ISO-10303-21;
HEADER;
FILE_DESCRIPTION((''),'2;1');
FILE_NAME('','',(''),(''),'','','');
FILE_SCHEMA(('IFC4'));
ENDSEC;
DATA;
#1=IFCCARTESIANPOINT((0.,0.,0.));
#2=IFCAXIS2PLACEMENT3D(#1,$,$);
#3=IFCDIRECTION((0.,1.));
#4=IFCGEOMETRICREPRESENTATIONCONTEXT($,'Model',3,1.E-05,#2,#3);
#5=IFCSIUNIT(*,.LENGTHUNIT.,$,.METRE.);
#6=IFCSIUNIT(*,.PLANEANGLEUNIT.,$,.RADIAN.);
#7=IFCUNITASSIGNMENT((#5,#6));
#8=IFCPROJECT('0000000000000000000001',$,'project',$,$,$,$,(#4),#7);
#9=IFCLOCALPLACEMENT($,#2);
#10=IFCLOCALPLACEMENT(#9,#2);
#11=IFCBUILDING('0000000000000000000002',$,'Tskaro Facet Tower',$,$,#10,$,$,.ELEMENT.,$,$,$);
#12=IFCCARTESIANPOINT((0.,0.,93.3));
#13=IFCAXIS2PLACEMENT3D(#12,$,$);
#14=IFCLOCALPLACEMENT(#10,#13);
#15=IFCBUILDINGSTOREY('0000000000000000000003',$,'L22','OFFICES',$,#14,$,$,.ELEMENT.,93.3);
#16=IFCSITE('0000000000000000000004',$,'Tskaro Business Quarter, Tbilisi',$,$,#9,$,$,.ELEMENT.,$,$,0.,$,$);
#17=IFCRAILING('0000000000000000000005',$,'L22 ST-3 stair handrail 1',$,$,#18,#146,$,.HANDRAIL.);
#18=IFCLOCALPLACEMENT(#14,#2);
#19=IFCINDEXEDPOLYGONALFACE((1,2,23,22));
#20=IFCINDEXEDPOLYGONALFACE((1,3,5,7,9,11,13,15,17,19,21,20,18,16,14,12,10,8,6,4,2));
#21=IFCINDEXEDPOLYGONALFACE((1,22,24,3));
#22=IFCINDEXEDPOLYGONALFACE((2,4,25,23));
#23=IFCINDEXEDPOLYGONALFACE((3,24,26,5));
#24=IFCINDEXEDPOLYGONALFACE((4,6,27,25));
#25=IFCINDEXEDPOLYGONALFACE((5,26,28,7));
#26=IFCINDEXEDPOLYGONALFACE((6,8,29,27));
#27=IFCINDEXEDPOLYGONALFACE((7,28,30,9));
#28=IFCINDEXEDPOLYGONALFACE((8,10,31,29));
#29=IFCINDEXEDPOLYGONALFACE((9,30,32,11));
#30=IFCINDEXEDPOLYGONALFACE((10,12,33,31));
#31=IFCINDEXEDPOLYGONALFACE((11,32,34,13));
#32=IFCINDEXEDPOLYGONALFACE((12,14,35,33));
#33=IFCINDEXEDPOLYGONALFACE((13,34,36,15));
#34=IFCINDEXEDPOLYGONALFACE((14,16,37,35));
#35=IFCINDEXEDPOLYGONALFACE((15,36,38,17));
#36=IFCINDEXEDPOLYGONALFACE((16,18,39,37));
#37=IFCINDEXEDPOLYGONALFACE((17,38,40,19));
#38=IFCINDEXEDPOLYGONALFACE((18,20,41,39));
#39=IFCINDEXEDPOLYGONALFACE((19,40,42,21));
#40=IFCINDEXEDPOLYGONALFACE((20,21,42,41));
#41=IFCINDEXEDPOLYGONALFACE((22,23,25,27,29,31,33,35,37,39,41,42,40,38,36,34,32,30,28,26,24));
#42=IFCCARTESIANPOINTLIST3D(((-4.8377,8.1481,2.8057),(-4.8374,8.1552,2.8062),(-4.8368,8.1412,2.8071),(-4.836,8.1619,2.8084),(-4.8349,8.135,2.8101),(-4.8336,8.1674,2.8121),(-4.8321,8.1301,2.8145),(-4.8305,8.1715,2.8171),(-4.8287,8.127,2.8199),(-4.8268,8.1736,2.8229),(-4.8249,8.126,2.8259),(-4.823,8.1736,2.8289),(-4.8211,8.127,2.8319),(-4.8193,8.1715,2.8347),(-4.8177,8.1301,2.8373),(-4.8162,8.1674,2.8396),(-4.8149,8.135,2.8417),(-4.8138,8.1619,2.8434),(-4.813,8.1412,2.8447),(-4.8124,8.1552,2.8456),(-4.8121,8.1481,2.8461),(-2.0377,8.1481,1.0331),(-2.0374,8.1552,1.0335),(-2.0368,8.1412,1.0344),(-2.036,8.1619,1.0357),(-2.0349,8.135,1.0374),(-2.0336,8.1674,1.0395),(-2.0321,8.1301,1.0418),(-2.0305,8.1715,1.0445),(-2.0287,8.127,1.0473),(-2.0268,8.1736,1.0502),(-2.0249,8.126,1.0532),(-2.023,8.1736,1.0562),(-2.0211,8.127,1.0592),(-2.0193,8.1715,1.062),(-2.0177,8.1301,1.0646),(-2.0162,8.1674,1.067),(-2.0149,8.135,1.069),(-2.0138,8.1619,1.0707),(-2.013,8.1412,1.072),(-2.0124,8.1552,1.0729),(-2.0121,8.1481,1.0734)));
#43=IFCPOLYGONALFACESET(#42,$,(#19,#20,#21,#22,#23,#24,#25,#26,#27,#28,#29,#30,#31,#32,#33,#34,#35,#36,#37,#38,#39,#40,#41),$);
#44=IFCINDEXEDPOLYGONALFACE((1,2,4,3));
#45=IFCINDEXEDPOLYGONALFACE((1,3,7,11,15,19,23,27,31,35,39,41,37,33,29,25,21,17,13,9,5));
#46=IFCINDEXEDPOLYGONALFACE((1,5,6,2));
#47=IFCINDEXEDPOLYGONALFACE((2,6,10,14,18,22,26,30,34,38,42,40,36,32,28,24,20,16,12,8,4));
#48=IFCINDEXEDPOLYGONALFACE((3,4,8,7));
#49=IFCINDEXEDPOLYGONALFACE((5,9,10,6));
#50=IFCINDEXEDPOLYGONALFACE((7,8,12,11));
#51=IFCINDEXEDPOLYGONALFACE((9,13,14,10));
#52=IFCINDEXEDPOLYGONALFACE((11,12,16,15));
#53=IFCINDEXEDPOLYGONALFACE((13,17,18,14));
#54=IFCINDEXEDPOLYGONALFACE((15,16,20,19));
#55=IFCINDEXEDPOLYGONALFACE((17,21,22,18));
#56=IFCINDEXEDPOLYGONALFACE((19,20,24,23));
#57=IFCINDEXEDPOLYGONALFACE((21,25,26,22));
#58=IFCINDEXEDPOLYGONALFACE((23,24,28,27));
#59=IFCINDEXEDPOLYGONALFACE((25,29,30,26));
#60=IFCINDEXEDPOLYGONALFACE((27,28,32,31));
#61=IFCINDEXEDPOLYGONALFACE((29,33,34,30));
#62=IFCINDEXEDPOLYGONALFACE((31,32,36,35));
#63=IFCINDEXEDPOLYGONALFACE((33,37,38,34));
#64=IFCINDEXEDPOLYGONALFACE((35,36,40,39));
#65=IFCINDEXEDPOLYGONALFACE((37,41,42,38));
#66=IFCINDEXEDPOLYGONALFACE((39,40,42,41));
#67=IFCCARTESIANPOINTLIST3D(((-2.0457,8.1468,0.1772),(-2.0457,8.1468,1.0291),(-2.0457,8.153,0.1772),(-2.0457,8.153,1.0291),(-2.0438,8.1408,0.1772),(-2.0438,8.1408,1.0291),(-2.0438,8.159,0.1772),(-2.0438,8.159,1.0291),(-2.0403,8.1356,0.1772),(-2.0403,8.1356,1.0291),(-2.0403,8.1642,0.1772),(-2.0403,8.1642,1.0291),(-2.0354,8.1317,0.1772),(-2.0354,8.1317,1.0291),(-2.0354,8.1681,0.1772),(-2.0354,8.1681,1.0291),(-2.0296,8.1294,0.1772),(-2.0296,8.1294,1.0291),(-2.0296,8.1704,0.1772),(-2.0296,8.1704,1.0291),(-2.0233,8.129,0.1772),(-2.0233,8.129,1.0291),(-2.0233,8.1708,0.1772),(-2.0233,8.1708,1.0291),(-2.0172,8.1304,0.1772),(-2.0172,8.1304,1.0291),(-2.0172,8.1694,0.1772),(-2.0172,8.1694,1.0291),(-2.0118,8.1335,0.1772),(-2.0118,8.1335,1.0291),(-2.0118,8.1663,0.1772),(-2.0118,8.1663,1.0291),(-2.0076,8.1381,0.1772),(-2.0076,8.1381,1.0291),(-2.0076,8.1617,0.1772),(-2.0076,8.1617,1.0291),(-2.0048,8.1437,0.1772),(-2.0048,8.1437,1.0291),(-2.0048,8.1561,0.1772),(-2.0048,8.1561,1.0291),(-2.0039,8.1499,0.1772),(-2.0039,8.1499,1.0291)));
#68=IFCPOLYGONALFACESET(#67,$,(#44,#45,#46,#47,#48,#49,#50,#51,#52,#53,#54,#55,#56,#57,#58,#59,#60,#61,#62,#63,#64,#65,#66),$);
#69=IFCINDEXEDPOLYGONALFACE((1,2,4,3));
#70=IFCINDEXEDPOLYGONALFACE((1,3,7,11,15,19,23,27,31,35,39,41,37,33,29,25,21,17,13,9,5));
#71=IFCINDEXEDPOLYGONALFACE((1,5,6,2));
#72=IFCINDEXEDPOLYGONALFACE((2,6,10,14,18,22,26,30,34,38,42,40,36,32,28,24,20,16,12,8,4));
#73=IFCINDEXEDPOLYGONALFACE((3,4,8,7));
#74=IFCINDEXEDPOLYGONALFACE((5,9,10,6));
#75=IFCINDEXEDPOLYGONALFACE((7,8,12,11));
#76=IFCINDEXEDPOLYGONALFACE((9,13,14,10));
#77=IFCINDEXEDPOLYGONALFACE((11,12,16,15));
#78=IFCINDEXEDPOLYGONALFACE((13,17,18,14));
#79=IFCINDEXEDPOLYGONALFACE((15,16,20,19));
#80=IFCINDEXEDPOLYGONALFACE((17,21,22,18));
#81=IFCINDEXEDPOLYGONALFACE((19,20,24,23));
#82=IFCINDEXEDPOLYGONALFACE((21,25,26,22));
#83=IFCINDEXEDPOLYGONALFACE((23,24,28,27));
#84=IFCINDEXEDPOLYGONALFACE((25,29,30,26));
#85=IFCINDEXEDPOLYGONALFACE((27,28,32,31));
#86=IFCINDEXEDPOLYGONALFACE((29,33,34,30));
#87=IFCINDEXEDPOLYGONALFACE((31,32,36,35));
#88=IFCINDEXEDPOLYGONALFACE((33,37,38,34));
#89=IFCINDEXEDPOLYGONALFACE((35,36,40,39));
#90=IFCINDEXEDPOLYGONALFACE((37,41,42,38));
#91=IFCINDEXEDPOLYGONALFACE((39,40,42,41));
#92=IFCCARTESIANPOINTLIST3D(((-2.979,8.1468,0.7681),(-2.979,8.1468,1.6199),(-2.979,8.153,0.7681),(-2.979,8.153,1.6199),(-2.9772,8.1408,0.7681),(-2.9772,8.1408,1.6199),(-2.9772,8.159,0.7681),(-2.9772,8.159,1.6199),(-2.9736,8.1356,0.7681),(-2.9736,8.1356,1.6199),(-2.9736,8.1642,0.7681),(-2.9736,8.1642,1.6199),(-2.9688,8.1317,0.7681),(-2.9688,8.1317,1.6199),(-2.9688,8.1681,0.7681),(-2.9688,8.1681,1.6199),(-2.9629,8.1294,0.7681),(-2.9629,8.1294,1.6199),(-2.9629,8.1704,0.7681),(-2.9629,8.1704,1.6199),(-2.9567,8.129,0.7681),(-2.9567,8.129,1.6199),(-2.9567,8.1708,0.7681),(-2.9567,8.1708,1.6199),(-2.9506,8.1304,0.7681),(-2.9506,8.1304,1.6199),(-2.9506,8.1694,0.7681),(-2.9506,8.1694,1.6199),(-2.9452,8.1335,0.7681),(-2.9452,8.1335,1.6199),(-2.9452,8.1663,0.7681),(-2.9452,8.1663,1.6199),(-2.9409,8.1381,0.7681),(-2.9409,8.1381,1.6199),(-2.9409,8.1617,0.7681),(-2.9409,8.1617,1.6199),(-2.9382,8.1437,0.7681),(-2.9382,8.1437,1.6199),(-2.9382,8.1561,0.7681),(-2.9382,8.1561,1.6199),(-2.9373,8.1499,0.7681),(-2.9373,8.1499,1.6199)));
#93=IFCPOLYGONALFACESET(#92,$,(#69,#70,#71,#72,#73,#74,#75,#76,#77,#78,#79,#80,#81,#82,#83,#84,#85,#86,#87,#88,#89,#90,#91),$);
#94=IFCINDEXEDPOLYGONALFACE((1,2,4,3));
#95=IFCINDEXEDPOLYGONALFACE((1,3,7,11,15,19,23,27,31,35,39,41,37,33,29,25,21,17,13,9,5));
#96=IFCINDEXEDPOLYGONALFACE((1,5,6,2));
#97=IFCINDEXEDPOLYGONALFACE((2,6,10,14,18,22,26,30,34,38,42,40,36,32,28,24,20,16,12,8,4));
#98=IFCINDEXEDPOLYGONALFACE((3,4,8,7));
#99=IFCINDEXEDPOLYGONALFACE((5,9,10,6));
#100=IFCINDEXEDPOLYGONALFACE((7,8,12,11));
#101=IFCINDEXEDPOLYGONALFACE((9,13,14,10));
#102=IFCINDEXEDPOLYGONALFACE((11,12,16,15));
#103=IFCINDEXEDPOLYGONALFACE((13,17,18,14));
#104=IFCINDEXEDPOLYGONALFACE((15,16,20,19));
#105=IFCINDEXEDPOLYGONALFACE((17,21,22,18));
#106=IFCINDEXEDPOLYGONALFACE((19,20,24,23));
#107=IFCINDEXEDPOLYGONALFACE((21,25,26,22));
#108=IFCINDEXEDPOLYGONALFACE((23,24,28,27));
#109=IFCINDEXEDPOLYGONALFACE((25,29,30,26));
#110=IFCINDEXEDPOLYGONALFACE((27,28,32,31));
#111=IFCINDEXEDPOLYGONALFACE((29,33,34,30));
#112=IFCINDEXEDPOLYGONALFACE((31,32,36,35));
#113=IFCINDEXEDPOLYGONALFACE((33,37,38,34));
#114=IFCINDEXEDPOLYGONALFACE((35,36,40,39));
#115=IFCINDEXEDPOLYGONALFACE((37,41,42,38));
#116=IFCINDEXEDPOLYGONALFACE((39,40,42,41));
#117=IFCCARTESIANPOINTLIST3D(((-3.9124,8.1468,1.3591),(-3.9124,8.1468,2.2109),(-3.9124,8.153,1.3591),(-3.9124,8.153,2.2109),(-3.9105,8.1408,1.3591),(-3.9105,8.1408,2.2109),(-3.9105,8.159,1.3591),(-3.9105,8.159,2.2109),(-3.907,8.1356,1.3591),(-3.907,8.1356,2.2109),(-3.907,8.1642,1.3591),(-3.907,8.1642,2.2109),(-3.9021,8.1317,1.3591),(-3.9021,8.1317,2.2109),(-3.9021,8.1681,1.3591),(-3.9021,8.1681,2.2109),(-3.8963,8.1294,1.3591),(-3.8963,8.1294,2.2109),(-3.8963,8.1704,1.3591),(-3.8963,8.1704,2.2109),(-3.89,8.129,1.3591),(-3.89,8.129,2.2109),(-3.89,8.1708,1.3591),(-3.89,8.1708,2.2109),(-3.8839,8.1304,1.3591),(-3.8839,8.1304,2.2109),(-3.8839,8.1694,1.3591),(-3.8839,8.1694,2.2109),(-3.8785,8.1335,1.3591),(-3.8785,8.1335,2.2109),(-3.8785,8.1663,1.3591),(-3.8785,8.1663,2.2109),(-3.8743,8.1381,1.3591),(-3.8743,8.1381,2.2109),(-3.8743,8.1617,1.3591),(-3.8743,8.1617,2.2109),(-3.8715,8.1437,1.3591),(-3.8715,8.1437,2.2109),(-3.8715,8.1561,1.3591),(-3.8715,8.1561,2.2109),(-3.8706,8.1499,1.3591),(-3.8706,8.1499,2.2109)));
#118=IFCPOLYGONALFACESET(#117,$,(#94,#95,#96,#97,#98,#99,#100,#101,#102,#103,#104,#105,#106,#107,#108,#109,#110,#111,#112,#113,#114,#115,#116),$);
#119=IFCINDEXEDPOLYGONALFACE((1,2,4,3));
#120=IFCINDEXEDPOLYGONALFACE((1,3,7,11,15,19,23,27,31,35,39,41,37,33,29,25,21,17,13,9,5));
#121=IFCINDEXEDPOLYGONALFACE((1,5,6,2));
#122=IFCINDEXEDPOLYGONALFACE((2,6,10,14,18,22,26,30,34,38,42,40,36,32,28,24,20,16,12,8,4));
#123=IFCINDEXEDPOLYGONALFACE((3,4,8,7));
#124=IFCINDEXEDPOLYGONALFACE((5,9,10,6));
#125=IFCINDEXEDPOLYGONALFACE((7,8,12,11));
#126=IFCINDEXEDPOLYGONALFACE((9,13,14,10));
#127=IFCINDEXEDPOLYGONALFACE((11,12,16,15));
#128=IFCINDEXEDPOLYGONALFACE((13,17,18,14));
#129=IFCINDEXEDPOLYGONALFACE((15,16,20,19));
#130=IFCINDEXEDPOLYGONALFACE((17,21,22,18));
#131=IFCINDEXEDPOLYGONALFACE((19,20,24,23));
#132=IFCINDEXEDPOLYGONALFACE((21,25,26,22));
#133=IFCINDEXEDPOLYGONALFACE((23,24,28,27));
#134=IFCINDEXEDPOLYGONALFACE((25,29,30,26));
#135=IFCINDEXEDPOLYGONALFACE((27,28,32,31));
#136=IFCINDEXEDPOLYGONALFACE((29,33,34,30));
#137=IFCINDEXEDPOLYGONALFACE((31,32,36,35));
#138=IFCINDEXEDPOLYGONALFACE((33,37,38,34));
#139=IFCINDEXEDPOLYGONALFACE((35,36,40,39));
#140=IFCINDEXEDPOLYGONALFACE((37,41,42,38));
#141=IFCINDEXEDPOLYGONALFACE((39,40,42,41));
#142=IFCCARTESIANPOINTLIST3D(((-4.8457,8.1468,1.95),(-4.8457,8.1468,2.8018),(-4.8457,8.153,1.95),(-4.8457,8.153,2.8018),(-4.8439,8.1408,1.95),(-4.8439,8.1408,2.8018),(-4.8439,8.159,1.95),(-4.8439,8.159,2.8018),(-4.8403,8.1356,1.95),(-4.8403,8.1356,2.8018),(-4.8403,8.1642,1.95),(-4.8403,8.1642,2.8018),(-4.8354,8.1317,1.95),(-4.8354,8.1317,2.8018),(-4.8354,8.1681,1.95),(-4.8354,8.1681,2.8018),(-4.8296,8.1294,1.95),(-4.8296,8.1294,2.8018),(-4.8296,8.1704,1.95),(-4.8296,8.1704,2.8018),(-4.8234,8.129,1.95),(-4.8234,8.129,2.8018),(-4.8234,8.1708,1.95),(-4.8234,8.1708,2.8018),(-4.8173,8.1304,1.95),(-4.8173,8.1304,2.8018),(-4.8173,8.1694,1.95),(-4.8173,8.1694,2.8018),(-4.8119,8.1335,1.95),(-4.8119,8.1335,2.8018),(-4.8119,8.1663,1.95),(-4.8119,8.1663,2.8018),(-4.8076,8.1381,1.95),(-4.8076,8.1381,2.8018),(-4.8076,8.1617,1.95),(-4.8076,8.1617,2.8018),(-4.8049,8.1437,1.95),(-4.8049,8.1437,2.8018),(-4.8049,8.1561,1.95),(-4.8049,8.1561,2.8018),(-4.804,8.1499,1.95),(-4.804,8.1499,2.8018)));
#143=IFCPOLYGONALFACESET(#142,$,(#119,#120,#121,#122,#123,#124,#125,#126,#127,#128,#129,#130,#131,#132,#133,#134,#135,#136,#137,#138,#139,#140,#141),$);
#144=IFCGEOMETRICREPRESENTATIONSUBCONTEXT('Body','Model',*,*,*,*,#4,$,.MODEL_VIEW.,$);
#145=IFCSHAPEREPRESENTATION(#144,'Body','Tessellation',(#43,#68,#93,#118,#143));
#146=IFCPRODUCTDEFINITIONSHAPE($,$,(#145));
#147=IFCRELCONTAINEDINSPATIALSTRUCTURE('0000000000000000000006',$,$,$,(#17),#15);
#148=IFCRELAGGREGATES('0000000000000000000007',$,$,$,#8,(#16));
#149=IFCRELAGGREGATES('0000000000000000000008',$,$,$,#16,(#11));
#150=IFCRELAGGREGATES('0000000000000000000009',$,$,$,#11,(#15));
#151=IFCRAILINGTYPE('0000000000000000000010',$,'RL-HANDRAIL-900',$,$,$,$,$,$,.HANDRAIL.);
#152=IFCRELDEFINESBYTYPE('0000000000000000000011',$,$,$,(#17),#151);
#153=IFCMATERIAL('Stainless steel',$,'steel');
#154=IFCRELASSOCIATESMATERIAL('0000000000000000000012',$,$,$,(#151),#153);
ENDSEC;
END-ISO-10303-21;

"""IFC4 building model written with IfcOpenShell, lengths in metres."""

from ifc_helpers import new_model, si_unit, direction, frame, origin, origin_2d, place, context, subcontext, project, spatial, circle, extrude, material, type_object, element, save


model = new_model("IFC4")

# Units and contexts
model_context = context("Model", 3, precision=1e-05, world=origin(), true_north=direction((0.0, 1.0)))
body_context = subcontext(model_context, "Body", "Model", "MODEL_VIEW")
ifc_project = project(units=[si_unit("LENGTHUNIT", "METRE"), si_unit("PLANEANGLEUNIT", "RADIAN")], contexts=[model_context])

# Site, building, storey
site_placement = place(None, origin())
site = spatial("IfcSite", under=ifc_project, at=site_placement, Name="Tskaro Business Quarter, Tbilisi", CompositionType="ELEMENT", RefElevation=0.0)
building_placement = place(site_placement, origin())
building = spatial("IfcBuilding", under=site, at=building_placement, Name="Tskaro Facet Tower", CompositionType="ELEMENT")
storey_placement = place(building_placement, frame((0.0, 0.0, 93.3)))
storey = spatial("IfcBuildingStorey", under=building, at=storey_placement, Name="L22", Description="OFFICES", CompositionType="ELEMENT", Elevation=93.3)

# Railing
ifc_material_1 = material(Name="Stainless steel", Category="steel")
railing_type_1 = type_object("IfcRailingType", Name="RL-HANDRAIL-900", PredefinedType="HANDRAIL", material=ifc_material_1)
railing_1_placement = place(storey_placement, frame((-2.0249, 8.1499, 0.1772)))
element("IfcRailing", 1, at=railing_1_placement, inside=storey, type_object=railing_type_1, Name="L22 ST-3 stair handrail 1", PredefinedType="HANDRAIL", context=body_context, shape_type="SweptSolid", body=[
    extrude(circle(Radius=0.0239, at=origin_2d()), frame((0.0, 0.0, 0.876), z_axis=(-0.844909, 0.0, 0.53491), x_axis=(0.0, -1.0, 0.0)), (0.0, 0.0, 1.0), 3.314),
    extrude(circle(Radius=0.021, at=origin_2d()), origin(), (0.0, 0.0, 1.0), 0.8518),
    extrude(circle(Radius=0.021, at=origin_2d()), frame((-0.9333, 0.0, 0.5908)), (0.0, 0.0, 1.0), 0.8518),
    extrude(circle(Radius=0.021, at=origin_2d()), frame((-1.8667, 0.0, 1.1819)), (0.0, 0.0, 1.0), 0.8518),
    extrude(circle(Radius=0.021, at=origin_2d()), frame((-2.8, 0.0, 1.7727)), (0.0, 0.0, 1.0), 0.8518),
])

save(model, "model.ifc")
